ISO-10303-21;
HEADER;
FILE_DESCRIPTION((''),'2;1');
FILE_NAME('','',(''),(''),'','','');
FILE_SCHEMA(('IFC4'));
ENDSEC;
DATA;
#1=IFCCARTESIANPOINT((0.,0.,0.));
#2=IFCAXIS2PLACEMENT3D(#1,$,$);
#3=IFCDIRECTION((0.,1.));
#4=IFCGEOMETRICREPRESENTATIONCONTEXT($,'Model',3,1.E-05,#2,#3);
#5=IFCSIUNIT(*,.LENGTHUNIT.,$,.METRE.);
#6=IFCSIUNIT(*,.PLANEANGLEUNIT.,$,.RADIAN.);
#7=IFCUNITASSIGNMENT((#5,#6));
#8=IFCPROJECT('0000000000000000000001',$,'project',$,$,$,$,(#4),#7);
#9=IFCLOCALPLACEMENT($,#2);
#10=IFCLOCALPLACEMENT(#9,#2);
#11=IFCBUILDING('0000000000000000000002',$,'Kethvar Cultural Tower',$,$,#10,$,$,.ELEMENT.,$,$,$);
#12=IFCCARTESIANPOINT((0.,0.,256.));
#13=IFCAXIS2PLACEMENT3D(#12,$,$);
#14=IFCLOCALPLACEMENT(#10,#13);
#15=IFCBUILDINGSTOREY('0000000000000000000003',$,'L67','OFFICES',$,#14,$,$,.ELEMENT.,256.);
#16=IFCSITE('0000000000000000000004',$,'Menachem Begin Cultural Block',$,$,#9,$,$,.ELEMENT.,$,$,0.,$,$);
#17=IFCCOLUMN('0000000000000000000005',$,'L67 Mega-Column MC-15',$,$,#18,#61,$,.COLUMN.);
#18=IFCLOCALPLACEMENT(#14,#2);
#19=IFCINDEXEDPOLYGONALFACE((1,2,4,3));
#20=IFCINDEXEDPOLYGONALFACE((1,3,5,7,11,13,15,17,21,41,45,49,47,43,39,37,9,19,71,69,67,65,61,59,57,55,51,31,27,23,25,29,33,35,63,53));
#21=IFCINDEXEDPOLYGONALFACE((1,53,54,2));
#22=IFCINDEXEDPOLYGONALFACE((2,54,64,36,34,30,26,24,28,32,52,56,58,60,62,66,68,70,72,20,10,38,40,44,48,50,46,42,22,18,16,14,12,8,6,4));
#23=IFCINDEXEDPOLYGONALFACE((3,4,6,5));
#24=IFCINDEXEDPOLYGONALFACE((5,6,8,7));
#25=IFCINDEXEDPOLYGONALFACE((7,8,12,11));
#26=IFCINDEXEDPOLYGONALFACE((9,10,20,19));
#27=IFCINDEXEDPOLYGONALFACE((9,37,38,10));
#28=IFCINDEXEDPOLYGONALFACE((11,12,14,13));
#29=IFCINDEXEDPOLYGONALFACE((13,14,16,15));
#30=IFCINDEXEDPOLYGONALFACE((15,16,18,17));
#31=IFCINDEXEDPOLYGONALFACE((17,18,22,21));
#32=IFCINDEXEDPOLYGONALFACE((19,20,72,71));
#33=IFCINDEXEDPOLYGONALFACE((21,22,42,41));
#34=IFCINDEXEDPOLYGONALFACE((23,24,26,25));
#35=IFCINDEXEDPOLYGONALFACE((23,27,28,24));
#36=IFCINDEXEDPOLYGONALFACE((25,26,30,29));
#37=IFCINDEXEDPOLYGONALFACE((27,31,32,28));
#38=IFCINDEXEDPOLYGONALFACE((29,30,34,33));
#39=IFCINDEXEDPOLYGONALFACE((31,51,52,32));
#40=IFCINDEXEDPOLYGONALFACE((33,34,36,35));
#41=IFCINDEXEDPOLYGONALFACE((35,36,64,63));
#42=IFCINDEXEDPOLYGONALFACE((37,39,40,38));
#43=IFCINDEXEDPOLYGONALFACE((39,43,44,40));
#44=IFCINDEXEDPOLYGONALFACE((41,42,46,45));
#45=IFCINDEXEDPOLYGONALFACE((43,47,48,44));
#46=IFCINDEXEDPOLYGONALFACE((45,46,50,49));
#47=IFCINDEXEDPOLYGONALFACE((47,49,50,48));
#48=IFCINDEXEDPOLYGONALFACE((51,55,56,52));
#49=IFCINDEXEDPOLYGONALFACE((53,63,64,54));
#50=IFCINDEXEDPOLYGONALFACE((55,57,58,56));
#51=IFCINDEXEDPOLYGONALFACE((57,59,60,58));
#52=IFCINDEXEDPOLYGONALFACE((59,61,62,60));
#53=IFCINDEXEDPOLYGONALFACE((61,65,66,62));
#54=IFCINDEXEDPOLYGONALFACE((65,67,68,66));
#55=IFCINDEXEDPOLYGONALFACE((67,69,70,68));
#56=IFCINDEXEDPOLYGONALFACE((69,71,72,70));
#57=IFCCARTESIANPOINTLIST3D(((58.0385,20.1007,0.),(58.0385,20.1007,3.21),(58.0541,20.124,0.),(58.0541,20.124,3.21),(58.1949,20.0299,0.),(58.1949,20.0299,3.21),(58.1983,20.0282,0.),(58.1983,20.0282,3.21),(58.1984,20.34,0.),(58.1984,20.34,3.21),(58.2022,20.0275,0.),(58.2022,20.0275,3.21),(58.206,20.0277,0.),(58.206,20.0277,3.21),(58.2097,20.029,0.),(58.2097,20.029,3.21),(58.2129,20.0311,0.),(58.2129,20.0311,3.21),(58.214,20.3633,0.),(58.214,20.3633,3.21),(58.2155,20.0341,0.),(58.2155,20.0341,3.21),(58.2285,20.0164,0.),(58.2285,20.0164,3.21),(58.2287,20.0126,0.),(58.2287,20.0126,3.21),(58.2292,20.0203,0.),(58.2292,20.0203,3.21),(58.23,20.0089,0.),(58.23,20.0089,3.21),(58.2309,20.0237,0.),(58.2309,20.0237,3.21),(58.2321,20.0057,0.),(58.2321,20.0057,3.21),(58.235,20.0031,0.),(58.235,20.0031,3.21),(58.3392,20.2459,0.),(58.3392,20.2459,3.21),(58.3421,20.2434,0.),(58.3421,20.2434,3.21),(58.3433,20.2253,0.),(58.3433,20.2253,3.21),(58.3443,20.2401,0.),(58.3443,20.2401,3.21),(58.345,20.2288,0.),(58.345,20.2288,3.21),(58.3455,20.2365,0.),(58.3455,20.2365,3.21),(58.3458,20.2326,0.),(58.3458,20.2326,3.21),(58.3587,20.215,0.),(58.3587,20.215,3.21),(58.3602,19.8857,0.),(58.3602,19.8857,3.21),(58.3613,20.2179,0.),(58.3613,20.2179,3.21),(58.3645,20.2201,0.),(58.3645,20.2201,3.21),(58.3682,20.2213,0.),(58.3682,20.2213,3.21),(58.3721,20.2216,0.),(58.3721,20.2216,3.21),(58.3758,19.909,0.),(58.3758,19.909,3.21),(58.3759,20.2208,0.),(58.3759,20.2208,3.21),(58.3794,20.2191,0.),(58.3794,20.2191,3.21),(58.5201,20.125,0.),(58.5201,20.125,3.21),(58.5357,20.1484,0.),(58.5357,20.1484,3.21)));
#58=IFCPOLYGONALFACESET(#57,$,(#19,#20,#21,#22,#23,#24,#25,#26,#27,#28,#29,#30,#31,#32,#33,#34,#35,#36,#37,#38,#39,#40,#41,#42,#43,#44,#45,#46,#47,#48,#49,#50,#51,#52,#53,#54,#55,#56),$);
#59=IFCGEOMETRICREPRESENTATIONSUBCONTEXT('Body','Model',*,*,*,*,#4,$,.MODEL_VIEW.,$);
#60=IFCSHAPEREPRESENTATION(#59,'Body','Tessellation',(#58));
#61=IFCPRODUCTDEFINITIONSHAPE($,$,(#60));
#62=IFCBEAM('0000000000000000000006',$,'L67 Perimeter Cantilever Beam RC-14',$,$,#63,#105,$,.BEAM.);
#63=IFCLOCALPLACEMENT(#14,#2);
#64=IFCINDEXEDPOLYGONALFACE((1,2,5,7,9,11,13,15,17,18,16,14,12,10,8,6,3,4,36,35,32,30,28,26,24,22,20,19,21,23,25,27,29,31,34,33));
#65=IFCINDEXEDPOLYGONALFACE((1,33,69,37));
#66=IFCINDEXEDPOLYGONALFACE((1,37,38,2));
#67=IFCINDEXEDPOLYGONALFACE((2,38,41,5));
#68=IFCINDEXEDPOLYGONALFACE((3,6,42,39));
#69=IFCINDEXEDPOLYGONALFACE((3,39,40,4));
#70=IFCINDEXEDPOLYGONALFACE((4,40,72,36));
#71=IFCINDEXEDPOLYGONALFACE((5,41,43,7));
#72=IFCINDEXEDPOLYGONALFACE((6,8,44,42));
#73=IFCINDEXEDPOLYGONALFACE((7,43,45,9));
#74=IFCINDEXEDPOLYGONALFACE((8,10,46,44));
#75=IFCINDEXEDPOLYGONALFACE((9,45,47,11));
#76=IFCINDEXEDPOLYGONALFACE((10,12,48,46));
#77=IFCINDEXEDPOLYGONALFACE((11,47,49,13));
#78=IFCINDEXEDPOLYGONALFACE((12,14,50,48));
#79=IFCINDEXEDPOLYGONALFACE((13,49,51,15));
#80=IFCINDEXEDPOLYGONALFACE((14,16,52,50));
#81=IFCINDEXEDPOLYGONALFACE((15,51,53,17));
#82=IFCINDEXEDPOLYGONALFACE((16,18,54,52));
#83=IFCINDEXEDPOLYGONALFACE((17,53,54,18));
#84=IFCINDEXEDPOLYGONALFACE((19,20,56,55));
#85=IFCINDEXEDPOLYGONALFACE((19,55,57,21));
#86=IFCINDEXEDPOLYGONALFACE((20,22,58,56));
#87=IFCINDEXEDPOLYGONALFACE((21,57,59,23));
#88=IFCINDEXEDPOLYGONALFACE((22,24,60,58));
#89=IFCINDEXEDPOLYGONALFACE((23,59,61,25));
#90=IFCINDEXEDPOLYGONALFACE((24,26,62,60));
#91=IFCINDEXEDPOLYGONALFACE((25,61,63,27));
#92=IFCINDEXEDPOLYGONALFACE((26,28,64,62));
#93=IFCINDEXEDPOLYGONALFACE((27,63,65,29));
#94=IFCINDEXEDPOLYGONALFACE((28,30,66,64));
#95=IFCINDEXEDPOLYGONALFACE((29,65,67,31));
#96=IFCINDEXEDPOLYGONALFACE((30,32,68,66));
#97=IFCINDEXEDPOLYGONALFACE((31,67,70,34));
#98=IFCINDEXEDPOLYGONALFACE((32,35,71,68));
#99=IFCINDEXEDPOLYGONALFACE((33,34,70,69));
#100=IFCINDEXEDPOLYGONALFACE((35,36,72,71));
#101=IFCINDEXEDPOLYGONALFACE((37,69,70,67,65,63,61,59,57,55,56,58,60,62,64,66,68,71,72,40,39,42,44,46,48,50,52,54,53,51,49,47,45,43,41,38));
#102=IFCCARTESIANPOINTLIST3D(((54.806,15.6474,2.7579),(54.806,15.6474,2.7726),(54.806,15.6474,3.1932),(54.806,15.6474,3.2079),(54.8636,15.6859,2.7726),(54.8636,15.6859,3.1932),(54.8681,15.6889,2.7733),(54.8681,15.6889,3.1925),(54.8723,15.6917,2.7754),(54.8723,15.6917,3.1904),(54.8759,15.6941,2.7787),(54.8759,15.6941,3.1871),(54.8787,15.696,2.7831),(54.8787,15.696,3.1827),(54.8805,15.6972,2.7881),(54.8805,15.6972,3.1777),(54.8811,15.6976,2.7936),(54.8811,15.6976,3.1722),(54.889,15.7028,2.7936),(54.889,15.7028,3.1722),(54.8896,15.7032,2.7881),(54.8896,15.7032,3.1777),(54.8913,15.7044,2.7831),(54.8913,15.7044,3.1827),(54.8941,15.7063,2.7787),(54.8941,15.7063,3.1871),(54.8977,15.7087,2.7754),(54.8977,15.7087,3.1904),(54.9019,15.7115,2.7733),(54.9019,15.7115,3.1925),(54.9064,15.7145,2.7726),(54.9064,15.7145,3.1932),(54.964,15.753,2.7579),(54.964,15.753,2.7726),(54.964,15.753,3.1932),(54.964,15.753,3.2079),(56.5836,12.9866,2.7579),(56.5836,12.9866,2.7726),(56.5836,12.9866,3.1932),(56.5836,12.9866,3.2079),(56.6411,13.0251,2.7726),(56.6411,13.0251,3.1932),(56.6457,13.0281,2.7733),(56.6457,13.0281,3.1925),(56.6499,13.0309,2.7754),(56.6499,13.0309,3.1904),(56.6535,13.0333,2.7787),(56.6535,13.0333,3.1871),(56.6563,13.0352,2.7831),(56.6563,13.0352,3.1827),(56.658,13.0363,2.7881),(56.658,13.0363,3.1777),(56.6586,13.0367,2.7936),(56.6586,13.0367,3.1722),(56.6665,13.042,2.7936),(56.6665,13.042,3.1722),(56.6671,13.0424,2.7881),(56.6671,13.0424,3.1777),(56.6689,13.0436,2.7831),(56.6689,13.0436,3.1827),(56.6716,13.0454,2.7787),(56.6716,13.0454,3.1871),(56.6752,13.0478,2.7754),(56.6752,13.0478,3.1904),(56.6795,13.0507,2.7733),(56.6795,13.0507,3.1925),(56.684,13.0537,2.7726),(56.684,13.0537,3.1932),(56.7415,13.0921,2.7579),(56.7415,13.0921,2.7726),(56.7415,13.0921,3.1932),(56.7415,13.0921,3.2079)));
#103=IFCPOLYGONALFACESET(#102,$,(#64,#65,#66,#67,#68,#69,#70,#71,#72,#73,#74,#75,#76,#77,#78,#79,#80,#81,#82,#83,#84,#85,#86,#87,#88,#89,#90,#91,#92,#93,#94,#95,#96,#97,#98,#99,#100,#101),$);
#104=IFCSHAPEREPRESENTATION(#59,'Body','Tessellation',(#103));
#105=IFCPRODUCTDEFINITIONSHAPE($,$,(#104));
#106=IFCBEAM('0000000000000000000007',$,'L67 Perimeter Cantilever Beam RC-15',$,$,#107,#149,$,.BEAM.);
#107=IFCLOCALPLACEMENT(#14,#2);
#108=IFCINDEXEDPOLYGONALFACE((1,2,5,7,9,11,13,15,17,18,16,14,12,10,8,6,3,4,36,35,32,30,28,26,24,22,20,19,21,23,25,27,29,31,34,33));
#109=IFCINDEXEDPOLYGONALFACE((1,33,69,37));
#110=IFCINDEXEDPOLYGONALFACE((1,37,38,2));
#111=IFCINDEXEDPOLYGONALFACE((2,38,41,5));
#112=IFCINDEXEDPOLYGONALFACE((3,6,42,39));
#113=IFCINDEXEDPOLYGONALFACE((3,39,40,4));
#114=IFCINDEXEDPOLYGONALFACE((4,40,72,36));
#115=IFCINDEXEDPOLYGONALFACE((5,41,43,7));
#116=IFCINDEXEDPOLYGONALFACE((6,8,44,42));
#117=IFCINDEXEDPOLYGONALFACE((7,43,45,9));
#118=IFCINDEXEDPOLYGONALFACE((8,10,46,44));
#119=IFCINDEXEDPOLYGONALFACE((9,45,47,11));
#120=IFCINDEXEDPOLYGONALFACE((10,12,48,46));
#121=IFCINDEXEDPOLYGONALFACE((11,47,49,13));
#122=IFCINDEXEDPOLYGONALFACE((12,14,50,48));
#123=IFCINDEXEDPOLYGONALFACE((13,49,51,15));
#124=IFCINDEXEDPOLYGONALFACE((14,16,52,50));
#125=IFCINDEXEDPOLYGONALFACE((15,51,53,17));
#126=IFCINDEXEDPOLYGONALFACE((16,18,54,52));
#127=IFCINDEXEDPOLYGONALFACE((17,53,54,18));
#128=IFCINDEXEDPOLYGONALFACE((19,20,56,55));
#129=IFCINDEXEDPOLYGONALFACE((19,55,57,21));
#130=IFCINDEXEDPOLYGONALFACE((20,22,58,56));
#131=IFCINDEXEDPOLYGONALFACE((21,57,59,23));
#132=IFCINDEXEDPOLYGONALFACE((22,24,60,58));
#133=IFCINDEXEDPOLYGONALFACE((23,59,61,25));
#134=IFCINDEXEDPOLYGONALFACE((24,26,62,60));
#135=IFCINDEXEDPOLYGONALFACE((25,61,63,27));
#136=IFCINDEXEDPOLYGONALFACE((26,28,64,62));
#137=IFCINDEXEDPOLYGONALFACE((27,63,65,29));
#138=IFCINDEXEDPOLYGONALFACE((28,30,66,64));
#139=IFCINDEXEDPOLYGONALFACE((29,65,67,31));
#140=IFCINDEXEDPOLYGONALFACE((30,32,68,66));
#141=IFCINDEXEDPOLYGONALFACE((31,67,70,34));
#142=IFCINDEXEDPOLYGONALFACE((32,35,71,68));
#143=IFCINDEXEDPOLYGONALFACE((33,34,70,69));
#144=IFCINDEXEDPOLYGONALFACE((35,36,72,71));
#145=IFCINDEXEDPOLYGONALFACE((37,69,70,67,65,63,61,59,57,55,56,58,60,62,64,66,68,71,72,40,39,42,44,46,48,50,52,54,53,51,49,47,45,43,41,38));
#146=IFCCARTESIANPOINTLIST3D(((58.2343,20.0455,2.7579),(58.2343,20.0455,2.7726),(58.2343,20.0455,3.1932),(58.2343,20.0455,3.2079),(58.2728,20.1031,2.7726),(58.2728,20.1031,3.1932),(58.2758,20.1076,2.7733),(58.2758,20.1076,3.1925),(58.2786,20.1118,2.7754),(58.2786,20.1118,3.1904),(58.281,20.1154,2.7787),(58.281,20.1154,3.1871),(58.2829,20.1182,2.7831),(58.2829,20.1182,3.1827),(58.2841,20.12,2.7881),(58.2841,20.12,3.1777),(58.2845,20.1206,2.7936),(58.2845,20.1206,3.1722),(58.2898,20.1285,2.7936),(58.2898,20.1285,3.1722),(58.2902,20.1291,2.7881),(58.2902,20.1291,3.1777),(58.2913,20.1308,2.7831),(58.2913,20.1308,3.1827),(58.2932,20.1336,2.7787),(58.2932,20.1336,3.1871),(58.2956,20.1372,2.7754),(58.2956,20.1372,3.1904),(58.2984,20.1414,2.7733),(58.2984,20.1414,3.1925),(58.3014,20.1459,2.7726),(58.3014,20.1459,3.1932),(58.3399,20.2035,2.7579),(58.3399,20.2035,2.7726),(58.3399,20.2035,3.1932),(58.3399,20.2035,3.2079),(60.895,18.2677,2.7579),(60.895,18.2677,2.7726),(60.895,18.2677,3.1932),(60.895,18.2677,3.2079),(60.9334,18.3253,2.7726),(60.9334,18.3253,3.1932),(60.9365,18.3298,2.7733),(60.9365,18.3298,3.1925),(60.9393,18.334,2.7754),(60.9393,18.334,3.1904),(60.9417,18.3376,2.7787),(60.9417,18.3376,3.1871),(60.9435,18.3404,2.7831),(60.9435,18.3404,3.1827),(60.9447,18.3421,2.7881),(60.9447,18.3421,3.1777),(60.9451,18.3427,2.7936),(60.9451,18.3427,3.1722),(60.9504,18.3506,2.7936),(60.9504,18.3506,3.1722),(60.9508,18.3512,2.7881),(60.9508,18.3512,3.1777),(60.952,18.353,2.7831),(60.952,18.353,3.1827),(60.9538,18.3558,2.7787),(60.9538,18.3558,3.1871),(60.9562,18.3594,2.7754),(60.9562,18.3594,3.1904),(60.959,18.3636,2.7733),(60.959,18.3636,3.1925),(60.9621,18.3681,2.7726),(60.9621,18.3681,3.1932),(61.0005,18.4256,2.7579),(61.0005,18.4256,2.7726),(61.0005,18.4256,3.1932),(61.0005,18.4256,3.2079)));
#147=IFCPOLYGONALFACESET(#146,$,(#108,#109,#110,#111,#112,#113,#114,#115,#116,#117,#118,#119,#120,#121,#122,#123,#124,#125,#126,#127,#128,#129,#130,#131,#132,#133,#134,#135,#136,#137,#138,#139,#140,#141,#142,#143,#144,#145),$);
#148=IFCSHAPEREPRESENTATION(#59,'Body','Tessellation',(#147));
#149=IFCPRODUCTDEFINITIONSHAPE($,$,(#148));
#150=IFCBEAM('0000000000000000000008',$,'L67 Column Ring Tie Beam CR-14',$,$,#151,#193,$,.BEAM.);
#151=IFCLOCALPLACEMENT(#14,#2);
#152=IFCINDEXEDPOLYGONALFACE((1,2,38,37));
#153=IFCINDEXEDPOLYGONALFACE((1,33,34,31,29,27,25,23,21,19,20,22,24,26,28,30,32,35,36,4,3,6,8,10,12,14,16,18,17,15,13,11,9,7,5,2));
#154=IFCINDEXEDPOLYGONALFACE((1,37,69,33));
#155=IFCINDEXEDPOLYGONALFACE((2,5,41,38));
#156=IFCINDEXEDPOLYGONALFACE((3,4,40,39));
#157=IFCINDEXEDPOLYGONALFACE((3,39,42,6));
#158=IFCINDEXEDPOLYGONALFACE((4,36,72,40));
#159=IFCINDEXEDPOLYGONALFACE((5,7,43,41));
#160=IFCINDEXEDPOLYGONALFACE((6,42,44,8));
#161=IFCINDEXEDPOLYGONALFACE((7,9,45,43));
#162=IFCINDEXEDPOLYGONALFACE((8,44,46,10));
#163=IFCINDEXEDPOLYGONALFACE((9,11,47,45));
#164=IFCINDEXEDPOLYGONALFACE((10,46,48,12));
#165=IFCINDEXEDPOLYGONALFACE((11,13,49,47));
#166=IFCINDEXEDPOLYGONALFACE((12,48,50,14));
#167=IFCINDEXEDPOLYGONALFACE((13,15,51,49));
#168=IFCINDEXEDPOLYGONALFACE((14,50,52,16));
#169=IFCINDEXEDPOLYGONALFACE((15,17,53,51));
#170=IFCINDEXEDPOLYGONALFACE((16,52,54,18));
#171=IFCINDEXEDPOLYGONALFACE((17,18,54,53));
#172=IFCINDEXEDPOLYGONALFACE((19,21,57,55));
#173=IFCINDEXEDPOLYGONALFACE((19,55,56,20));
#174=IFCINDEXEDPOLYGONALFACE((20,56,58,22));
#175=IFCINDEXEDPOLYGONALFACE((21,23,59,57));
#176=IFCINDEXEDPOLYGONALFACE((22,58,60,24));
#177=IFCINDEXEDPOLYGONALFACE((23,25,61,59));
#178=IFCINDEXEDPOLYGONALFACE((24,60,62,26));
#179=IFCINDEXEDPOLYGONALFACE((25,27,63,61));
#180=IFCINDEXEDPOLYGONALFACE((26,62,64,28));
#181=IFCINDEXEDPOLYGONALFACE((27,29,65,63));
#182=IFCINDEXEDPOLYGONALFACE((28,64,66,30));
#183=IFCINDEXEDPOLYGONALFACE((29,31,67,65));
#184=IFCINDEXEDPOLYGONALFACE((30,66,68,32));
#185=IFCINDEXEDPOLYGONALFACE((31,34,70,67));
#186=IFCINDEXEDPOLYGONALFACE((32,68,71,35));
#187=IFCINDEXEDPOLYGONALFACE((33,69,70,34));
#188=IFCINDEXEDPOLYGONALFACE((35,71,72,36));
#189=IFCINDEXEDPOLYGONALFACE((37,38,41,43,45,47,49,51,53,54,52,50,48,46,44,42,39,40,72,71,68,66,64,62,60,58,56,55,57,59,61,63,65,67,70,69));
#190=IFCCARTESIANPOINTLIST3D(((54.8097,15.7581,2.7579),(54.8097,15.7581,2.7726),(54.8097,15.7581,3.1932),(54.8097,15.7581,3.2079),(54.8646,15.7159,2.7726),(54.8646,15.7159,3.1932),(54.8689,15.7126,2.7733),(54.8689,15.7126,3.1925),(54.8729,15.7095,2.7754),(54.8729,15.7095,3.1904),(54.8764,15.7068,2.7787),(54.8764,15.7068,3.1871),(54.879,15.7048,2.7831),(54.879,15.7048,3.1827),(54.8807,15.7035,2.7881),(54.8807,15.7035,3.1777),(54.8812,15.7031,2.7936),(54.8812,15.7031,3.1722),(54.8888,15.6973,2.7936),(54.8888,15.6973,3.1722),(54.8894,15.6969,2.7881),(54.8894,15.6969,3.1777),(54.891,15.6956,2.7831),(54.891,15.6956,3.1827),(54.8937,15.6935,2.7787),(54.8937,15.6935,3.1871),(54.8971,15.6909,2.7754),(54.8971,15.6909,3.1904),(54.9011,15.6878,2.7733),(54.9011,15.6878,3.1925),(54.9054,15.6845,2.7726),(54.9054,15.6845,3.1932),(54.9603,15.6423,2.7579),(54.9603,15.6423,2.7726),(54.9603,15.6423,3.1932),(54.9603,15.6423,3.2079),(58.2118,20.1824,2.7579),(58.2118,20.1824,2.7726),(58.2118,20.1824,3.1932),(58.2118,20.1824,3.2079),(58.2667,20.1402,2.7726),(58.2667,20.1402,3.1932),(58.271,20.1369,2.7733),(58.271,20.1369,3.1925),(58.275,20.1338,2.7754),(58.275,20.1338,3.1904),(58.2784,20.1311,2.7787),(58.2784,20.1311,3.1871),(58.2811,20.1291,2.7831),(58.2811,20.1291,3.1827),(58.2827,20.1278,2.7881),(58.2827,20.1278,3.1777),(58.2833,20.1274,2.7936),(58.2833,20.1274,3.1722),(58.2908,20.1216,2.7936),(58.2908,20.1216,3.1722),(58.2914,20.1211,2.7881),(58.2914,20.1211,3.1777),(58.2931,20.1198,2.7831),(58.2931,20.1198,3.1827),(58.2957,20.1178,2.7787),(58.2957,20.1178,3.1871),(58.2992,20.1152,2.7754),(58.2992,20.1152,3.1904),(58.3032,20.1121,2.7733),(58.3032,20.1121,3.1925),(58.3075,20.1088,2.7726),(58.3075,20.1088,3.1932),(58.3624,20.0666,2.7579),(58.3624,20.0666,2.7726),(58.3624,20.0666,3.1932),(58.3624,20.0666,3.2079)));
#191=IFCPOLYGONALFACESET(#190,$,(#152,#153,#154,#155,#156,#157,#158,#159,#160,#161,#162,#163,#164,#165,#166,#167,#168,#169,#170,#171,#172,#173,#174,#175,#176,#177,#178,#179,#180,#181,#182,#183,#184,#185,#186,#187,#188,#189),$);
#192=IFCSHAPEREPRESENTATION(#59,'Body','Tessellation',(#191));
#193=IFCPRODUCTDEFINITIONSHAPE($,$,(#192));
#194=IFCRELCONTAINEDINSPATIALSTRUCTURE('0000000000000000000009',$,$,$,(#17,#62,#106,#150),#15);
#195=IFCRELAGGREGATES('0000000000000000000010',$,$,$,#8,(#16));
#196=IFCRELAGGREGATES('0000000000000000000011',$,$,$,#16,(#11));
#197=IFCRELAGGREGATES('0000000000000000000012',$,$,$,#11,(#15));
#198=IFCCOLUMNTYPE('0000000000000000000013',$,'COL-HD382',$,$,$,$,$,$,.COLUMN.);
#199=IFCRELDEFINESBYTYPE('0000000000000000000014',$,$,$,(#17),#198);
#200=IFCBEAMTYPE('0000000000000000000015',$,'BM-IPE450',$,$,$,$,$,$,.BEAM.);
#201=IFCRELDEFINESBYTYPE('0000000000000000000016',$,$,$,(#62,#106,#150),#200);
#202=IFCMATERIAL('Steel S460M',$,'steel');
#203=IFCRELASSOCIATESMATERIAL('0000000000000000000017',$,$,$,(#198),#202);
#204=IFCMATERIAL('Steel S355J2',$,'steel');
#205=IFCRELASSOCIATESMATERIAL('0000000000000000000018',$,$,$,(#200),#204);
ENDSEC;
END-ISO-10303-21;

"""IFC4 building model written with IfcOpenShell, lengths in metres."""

from ifc_helpers import new_model, si_unit, direction, frame, origin, origin_2d, place, context, subcontext, project, spatial, i_section, extrude, source, transform, mapped, material, material_profile, profile_set, type_object, element, save


model = new_model("IFC4")

# Units and contexts
model_context = context("Model", 3, precision=1e-05, world=origin(), true_north=direction((0.0, 1.0)))
body_context = subcontext(model_context, "Body", "Model", "MODEL_VIEW")
ifc_project = project(units=[si_unit("LENGTHUNIT", "METRE"), si_unit("PLANEANGLEUNIT", "RADIAN")], contexts=[model_context])

# Site, building, storey
site_placement = place(None, origin())
site = spatial("IfcSite", under=ifc_project, at=site_placement, Name="Menachem Begin Cultural Block", CompositionType="ELEMENT", RefElevation=0.0)
building_placement = place(site_placement, origin())
building = spatial("IfcBuilding", under=site, at=building_placement, Name="Kethvar Cultural Tower", CompositionType="ELEMENT")
storey_placement = place(building_placement, frame((0.0, 0.0, 256.0)))
storey = spatial("IfcBuildingStorey", under=building, at=storey_placement, Name="L67", Description="OFFICES", CompositionType="ELEMENT", Elevation=256.0)

# Column
ifc_material_1 = material(Name="Steel S460M", Category="steel")
ifc_material_profile_1 = material_profile(ifc_material_1, i_section(OverallWidth=0.387, OverallDepth=0.3159, WebThickness=0.0186, FlangeThickness=0.0281, FilletRadius=0.0149, at=origin_2d()), Name="Steel S460M — HD400x382")
ifc_profile_set_1 = profile_set([ifc_material_profile_1], Name="Steel S460M — HD400x382")
column_type = type_object("IfcColumnType", Name="COL-HD382", PredefinedType="COLUMN", material=ifc_profile_set_1)
shared_shape_1 = source(origin(), body_context, "Body", "SweptSolid", [
    extrude(i_section(OverallWidth=0.387, OverallDepth=0.3159, WebThickness=0.0186, FlangeThickness=0.0281, FilletRadius=0.0149, at=origin_2d()), origin(), (0.0, 0.0, 1.0), 3.21),
])
column_placement = place(storey_placement, frame((58.2871, 20.1245, 0.0), z_axis=(0.0, 0.0, 1.0), x_axis=(0.83147, -0.55557, 0.0)))
element("IfcColumn", 1, at=column_placement, inside=storey, type_object=column_type, Name="L67 Mega-Column MC-15", PredefinedType="COLUMN", context=body_context, shape_type="MappedRepresentation", body=[
    mapped(shared_shape_1, transform((0.0, 0.0, 0.0), scale=1.0)),
])

# Beams
ifc_material_2 = material(Name="Steel S355J2", Category="steel")
ifc_material_profile_2 = material_profile(ifc_material_2, i_section(OverallWidth=0.1899, OverallDepth=0.45, WebThickness=0.0095, FlangeThickness=0.0146, FilletRadius=0.021, at=origin_2d()), Name="Steel S355J2 — IPE450")
ifc_profile_set_2 = profile_set([ifc_material_profile_2], Name="Steel S355J2 — IPE450")
beam_type_1 = type_object("IfcBeamType", Name="BM-IPE450", PredefinedType="BEAM", material=ifc_profile_set_2)
shared_shape_2 = source(origin(), body_context, "Body", "SweptSolid", [
    extrude(i_section(OverallWidth=0.1899, OverallDepth=0.45, WebThickness=0.0095, FlangeThickness=0.0146, FilletRadius=0.021, at=origin_2d()), origin(), (0.0, 0.0, 1.0), 3.2),
])
for number, where, z_axis, x_axis, name in (
    (2, (54.885, 15.7002, 2.9829), (0.555492, -0.831522, 0.0), (0.831522, 0.555492, 0.0), "L67 Perimeter Cantilever Beam RC-14"),
    (3, (58.2871, 20.1245, 2.9829), (0.831463, -0.55558, 0.0), (0.55558, 0.831463, 0.0), "L67 Perimeter Cantilever Beam RC-15"),
):
    element("IfcBeam", number, at=place(storey_placement, frame(where, z_axis=z_axis, x_axis=x_axis)), inside=storey, type_object=beam_type_1, Name=name, PredefinedType="BEAM", context=body_context, shape_type="MappedRepresentation", body=[
        mapped(shared_shape_2, transform((0.0, 0.0, 0.0), scale=1.0)),
    ])
shared_shape_3 = source(origin(), body_context, "Body", "SweptSolid", [
    extrude(i_section(OverallWidth=0.1899, OverallDepth=0.45, WebThickness=0.0095, FlangeThickness=0.0146, FilletRadius=0.021, at=origin_2d()), origin(), (0.0, 0.0, 1.0), 5.5811),
])
beam_1_placement = place(storey_placement, frame((54.885, 15.7002, 2.9829), z_axis=(0.609573, 0.79273, 0.0), x_axis=(-0.79273, 0.609573, 0.0)))
element("IfcBeam", 4, at=beam_1_placement, inside=storey, type_object=beam_type_1, Name="L67 Column Ring Tie Beam CR-14", PredefinedType="BEAM", context=body_context, shape_type="MappedRepresentation", body=[
    mapped(shared_shape_3, transform((0.0, 0.0, 0.0), scale=1.0)),
])

save(model, "model.ifc")
